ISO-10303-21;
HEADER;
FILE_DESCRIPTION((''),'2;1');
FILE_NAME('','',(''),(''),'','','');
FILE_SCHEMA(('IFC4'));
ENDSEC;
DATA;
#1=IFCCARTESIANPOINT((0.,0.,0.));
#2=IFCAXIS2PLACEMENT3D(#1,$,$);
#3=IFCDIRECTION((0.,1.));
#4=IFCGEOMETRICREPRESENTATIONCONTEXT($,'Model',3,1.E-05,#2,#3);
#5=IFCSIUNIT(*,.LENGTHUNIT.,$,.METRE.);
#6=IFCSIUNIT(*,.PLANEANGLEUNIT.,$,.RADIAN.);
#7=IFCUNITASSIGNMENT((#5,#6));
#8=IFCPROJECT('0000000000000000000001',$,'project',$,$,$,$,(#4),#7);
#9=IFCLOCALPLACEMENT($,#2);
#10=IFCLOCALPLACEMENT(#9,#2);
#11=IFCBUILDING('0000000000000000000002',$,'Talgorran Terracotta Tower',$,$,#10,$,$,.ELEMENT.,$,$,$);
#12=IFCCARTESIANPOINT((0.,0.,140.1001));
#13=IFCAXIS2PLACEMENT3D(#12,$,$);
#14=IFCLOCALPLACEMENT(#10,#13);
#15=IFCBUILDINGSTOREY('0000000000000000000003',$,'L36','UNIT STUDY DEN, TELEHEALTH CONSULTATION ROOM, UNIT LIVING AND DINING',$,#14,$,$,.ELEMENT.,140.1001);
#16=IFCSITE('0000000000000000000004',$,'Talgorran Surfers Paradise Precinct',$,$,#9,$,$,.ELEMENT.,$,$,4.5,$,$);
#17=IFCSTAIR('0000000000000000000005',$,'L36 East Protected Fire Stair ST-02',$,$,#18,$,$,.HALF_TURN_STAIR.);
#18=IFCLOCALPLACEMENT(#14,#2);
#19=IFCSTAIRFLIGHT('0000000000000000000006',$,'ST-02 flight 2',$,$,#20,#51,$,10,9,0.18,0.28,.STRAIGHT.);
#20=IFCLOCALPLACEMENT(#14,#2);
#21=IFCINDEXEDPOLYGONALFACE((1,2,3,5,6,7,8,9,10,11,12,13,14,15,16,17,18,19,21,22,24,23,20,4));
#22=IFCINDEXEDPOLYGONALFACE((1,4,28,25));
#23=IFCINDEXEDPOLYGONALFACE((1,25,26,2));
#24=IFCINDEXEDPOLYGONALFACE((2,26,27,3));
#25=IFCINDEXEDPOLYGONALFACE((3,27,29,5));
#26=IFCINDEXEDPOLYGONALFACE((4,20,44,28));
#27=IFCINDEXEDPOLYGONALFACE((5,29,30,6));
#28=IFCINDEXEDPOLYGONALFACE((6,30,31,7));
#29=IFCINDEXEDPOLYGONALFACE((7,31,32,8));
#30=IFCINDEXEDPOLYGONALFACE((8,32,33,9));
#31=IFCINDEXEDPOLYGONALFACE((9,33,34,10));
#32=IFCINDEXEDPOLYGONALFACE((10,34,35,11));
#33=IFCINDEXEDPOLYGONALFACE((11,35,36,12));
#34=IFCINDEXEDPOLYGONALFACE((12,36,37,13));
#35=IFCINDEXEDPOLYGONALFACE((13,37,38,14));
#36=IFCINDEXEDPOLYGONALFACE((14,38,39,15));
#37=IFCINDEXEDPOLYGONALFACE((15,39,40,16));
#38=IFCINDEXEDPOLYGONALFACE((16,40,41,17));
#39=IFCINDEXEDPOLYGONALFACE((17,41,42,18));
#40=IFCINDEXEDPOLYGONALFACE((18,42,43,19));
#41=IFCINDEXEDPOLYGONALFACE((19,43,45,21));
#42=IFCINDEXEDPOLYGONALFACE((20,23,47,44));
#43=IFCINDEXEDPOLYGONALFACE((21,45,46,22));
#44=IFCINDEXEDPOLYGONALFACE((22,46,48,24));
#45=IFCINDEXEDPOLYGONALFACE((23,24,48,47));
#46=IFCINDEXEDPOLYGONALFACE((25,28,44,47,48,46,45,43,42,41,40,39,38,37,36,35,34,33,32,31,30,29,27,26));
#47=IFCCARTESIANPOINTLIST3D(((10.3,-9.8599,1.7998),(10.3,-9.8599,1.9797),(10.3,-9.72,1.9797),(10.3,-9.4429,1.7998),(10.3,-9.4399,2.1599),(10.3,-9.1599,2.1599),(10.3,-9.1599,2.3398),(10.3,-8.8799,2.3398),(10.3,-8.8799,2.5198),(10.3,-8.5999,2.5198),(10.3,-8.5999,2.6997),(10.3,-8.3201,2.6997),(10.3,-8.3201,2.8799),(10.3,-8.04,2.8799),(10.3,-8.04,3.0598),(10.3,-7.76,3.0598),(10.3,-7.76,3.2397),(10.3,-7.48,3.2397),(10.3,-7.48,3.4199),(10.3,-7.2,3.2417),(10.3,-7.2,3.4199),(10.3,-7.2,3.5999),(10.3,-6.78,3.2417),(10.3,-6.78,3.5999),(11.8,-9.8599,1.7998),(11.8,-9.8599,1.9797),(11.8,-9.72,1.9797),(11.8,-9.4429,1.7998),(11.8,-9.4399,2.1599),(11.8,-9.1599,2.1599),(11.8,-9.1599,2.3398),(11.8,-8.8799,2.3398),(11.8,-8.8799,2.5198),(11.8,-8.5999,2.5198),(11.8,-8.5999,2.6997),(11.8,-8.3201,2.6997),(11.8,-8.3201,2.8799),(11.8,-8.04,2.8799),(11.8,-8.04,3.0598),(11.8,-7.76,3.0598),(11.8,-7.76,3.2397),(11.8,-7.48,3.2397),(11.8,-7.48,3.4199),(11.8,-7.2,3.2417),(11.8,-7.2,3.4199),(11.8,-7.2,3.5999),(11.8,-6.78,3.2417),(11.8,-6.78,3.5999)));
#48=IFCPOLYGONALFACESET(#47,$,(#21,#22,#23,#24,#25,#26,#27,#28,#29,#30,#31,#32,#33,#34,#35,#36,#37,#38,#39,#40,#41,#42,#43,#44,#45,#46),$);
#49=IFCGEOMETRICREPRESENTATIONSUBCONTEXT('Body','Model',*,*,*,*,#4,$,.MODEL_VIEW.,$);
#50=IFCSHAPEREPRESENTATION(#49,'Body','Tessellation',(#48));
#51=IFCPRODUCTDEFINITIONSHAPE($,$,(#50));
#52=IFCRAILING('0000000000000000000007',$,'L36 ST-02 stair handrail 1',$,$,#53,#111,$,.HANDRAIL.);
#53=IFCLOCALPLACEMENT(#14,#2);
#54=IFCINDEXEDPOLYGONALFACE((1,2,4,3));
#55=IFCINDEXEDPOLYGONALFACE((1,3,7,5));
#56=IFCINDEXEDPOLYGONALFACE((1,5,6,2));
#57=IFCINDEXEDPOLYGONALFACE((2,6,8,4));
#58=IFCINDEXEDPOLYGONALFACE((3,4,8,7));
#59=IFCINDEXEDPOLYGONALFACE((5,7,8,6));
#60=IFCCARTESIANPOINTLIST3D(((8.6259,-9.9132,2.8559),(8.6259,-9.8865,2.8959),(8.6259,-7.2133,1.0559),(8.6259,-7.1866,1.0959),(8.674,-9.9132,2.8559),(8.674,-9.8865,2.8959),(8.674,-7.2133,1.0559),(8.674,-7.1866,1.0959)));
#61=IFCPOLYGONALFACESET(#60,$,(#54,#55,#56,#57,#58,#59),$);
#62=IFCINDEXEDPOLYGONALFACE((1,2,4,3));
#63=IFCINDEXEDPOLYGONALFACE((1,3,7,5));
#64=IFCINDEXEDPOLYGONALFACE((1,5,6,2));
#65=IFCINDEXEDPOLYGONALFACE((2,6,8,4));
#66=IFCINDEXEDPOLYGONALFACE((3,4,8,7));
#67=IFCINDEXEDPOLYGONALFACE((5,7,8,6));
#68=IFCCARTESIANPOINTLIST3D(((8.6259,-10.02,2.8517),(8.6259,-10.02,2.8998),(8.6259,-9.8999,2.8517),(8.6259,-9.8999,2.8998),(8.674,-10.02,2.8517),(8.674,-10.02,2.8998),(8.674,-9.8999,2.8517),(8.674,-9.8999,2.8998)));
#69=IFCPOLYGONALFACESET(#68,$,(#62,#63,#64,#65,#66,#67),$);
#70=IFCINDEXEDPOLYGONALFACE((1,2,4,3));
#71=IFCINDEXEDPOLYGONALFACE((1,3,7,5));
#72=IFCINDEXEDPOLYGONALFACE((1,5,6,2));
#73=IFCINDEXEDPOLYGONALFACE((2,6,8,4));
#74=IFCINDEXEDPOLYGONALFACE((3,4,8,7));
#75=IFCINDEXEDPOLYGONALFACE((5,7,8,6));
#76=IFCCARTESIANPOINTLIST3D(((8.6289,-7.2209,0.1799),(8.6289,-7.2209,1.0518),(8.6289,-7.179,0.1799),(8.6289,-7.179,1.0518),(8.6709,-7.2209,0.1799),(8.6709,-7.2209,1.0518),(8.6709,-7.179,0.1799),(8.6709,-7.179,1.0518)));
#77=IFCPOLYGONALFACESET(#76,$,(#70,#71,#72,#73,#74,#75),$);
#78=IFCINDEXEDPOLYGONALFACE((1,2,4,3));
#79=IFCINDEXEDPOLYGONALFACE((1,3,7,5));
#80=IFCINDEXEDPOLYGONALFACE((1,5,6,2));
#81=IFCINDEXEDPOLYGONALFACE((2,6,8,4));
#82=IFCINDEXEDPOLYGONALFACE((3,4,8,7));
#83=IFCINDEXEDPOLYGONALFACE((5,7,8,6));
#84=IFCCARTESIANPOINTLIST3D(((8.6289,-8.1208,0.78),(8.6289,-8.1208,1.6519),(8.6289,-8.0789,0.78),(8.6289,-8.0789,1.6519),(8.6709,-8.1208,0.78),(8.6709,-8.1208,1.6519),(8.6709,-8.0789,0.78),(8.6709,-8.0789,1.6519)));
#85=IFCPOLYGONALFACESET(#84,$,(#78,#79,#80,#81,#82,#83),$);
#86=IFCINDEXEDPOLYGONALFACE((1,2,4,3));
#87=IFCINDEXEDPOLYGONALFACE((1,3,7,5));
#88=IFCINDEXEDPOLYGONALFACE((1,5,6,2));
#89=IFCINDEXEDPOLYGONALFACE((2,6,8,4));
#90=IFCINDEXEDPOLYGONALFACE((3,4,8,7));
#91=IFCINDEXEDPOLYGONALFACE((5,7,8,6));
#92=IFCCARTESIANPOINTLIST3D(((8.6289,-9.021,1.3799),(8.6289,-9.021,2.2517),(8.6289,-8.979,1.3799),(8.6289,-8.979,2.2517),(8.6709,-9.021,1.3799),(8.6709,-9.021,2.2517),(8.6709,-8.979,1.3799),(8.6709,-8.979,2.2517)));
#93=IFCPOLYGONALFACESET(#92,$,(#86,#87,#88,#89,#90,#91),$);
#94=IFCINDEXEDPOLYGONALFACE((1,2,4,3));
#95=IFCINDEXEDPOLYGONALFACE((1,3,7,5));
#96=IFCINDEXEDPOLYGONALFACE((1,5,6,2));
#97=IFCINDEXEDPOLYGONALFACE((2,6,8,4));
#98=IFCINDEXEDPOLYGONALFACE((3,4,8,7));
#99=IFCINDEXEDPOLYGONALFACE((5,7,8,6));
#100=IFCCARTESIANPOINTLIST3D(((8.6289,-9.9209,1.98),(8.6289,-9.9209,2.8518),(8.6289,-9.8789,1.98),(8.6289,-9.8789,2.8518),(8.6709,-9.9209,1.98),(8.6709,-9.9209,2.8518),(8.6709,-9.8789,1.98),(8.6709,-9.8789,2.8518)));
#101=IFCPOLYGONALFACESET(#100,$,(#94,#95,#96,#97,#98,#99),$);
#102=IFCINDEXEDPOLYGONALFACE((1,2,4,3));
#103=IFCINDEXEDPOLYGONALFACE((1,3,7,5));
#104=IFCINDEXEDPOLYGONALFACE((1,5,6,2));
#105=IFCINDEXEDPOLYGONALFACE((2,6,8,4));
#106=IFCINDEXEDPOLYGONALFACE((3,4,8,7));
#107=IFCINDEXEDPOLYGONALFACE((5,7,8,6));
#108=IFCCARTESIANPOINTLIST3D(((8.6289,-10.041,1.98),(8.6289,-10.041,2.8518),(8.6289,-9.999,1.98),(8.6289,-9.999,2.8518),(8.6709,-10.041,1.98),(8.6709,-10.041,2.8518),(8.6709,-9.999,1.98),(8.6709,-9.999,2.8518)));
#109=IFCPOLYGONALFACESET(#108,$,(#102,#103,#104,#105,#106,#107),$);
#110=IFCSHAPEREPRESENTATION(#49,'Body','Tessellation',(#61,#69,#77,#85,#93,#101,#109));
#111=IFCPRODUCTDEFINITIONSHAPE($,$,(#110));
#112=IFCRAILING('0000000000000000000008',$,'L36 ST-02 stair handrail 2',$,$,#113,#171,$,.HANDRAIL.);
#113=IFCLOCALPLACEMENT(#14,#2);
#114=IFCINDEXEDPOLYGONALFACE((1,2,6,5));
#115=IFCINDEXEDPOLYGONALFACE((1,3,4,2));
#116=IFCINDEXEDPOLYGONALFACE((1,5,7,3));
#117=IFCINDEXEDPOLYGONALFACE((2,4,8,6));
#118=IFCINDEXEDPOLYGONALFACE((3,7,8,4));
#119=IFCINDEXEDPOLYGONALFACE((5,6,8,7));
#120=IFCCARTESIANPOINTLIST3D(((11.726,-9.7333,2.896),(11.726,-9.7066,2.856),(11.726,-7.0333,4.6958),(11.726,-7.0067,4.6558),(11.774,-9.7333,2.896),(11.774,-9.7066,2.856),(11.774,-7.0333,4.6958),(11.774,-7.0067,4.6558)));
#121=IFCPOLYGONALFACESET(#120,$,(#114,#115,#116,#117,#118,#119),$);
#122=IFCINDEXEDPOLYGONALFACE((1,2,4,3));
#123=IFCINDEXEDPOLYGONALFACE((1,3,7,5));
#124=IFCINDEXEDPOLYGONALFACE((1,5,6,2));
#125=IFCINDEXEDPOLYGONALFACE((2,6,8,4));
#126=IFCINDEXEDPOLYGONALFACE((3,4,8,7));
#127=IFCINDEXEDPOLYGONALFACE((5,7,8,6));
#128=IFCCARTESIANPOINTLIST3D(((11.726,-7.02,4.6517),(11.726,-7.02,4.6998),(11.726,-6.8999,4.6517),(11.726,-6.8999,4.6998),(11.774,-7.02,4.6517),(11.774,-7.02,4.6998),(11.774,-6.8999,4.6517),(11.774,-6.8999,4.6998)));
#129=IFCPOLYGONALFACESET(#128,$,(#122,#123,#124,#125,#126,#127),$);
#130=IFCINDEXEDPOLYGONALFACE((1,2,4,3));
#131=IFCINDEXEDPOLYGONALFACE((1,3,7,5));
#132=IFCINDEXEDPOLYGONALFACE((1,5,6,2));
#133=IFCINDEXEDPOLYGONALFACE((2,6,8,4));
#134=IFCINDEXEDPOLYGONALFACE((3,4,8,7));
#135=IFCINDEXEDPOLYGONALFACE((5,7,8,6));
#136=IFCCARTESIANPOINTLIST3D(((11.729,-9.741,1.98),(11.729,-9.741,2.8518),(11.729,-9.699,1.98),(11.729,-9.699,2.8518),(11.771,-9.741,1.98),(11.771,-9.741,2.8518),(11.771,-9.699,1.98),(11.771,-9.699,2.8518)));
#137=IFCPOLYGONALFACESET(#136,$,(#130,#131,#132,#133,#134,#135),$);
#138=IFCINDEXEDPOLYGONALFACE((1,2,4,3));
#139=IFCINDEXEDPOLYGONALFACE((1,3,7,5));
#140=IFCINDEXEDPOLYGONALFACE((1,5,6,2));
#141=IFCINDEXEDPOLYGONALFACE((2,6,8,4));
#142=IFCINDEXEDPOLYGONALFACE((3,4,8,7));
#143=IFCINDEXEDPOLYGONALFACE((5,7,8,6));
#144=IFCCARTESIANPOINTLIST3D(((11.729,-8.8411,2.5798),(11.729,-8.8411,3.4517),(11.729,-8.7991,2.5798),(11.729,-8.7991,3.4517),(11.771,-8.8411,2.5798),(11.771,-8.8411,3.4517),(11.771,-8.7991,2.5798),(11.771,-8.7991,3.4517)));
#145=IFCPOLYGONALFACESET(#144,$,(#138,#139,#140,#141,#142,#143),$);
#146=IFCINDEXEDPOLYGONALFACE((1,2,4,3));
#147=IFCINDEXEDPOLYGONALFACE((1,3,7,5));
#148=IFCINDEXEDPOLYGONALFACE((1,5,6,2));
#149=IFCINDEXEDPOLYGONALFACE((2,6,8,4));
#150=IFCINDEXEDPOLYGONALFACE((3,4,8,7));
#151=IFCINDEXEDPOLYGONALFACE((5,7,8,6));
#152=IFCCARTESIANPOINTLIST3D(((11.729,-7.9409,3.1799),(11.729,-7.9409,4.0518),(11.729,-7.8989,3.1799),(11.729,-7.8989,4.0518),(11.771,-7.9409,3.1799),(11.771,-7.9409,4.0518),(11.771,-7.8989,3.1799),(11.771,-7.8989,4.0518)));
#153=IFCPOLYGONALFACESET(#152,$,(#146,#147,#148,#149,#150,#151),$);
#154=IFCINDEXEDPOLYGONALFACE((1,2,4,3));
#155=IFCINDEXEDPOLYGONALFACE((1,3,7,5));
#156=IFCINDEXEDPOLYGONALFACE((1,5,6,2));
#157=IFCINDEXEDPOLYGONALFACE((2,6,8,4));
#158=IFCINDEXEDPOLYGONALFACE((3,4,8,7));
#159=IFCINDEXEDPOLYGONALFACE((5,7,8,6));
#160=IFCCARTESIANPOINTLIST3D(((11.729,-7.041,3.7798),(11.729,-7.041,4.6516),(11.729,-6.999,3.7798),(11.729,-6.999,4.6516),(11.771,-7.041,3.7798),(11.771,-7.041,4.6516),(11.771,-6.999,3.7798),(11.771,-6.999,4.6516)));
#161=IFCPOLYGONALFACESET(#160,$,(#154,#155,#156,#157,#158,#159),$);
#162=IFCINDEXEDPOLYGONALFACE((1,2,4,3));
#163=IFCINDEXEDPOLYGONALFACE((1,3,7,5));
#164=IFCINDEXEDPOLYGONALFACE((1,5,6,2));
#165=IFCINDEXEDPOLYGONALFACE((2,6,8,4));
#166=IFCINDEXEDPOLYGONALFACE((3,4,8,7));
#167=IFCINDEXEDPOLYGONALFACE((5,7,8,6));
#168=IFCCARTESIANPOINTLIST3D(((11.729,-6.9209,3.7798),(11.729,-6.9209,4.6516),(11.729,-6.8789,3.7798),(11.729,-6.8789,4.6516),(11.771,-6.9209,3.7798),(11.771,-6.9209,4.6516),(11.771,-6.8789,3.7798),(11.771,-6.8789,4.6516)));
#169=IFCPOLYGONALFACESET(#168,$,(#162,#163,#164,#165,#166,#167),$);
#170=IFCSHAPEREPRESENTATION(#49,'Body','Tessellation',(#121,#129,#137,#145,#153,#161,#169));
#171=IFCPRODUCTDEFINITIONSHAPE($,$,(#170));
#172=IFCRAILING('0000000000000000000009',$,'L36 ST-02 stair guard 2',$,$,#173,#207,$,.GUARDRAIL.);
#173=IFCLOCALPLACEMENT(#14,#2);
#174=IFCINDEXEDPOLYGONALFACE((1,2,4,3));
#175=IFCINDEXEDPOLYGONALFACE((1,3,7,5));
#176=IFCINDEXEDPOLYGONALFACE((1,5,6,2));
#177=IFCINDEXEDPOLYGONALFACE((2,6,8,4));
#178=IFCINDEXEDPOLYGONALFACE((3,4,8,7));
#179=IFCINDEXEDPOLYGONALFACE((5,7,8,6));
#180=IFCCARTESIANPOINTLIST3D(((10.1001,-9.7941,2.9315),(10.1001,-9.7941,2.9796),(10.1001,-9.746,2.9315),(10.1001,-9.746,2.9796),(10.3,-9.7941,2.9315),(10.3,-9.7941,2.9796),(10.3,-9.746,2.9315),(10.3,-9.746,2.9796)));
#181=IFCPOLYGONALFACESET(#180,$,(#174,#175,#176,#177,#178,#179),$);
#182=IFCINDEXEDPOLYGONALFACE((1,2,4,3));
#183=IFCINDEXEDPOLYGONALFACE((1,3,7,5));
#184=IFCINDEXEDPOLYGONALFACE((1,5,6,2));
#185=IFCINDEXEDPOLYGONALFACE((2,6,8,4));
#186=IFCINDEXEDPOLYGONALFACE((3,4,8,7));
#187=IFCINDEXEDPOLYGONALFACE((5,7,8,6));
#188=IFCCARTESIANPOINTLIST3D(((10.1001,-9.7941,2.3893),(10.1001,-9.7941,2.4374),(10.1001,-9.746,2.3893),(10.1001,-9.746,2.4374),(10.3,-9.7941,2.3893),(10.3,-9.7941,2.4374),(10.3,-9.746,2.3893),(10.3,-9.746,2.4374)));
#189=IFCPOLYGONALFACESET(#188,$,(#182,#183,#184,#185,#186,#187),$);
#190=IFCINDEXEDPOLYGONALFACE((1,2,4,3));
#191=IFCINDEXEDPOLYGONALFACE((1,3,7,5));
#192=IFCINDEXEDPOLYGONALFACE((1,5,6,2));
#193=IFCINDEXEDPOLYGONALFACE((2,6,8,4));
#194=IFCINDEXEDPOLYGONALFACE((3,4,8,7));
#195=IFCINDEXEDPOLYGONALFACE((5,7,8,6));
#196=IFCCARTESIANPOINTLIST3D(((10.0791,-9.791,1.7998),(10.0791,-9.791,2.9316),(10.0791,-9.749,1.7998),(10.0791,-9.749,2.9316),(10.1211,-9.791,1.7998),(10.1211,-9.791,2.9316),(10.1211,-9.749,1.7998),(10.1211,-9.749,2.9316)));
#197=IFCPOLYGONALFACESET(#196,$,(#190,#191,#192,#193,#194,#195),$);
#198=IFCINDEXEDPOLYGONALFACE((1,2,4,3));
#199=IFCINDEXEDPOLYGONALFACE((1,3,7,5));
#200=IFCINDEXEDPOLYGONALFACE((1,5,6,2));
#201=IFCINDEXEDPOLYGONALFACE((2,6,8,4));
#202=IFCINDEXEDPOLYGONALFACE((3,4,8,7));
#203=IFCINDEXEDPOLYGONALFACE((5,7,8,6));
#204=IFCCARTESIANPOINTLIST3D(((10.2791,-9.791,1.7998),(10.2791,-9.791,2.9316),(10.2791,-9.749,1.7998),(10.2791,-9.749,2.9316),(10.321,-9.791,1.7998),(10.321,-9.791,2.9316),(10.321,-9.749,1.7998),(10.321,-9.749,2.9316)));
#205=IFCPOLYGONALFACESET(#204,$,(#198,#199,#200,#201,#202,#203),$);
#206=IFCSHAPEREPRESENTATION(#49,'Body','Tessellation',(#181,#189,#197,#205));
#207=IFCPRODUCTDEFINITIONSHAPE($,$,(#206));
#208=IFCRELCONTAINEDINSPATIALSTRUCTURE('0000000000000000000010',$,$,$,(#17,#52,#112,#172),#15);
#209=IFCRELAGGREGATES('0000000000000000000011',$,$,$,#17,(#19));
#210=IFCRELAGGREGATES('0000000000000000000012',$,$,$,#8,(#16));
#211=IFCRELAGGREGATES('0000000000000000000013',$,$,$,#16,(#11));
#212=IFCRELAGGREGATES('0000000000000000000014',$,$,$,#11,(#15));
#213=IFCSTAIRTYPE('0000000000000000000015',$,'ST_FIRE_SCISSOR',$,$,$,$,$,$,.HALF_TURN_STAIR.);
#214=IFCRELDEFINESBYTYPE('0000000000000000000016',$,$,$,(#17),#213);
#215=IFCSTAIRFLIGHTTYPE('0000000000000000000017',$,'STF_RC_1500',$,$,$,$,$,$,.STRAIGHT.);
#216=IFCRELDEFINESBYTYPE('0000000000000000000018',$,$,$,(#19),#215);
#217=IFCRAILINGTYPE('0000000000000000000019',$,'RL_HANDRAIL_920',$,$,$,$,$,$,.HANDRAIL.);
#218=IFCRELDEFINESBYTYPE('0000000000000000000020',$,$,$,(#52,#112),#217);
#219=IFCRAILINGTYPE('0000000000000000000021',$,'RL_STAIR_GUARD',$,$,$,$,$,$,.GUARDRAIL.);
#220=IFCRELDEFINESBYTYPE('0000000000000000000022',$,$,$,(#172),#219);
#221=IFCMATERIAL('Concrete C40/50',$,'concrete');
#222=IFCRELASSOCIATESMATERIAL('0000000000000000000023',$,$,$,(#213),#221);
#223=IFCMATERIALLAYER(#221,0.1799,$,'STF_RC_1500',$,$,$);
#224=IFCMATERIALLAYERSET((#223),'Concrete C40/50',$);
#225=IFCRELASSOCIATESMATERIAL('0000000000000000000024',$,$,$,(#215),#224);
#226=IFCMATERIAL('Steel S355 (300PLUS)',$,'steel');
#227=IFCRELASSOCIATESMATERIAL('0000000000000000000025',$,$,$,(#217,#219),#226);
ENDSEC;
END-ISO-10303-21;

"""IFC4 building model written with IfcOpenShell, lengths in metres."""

from ifc_helpers import new_model, si_unit, direction, frame, origin, origin_2d, place, context, subcontext, project, spatial, polyline, rectangle, outline, extrude, material, layer, layer_set, type_object, element, aggregate, save


model = new_model("IFC4")

# Units and contexts
model_context = context("Model", 3, precision=1e-05, world=origin(), true_north=direction((0.0, 1.0)))
body_context = subcontext(model_context, "Body", "Model", "MODEL_VIEW")
ifc_project = project(units=[si_unit("LENGTHUNIT", "METRE"), si_unit("PLANEANGLEUNIT", "RADIAN")], contexts=[model_context])

# Site, building, storey
site_placement = place(None, origin())
site = spatial("IfcSite", under=ifc_project, at=site_placement, Name="Talgorran Surfers Paradise Precinct", CompositionType="ELEMENT", RefElevation=4.5)
building_placement = place(site_placement, origin())
building = spatial("IfcBuilding", under=site, at=building_placement, Name="Talgorran Terracotta Tower", CompositionType="ELEMENT")
storey_placement = place(building_placement, frame((0.0, 0.0, 140.1001)))
storey = spatial("IfcBuildingStorey", under=building, at=storey_placement, Name="L36", Description="UNIT STUDY DEN, TELEHEALTH CONSULTATION ROOM, UNIT LIVING AND DINING", CompositionType="ELEMENT", Elevation=140.1001)

# Shared definitions
ifc_material_1 = material(Name="Steel S355 (300PLUS)", Category="steel")

# Stair, stair flight
ifc_material_2 = material(Name="Concrete C40/50", Category="concrete")
stair_type = type_object("IfcStairType", Name="ST_FIRE_SCISSOR", PredefinedType="HALF_TURN_STAIR", material=ifc_material_2)
stair_placement = place(storey_placement, origin())
stair = element("IfcStair", 1, at=stair_placement, inside=storey, type_object=stair_type, Name="L36 East Protected Fire Stair ST-02", PredefinedType="HALF_TURN_STAIR")
ifc_layer_1 = layer(ifc_material_2, 0.1799, Name="STF_RC_1500")
ifc_layer_set_1 = layer_set([ifc_layer_1], Name="Concrete C40/50")
stair_flight_type = type_object("IfcStairFlightType", Name="STF_RC_1500", PredefinedType="STRAIGHT", material=ifc_layer_set_1)
stair_flight_1_placement = place(storey_placement, frame((11.05, -9.72, 1.7998), z_axis=(0.0, 0.0, 1.0), x_axis=(0.0, 1.0, 0.0)))
stair_flight_1 = element("IfcStairFlight", 2, at=stair_flight_1_placement, type_object=stair_flight_type, Name="ST-02 flight 2", NumberOfRisers=10, NumberOfTreads=9, PredefinedType="STRAIGHT", RiserHeight=0.18, TreadLength=0.28, context=body_context, shape_type="SweptSolid", body=[
    extrude(outline(polyline([(-0.1399, 0.0), (-0.1399, 0.1799), (0.0, 0.1799), (0.28, 0.3601), (0.5601, 0.3601), (0.5601, 0.54), (0.8401, 0.54), (0.8401, 0.72), (1.1201, 0.72), (1.1201, 0.8999), (1.3999, 0.8999), (1.3999, 1.0801), (1.6799, 1.0801), (1.6799, 1.26), (1.96, 1.26), (1.96, 1.4399), (2.24, 1.4399), (2.24, 1.6201), (2.52, 1.6201), (2.52, 1.8), (2.9399, 1.8), (2.9399, 1.4419), (2.52, 1.4419), (0.2771, 0.0), (-0.1399, 0.0)])), frame((0.0, 0.75, 0.0), z_axis=(0.0, -1.0, 0.0), x_axis=(1.0, 0.0, 0.0)), (0.0, 0.0, 1.0), 1.5),
])
aggregate(stair, [stair_flight_1])

# Railings
railing_type_1 = type_object("IfcRailingType", Name="RL_HANDRAIL_920", PredefinedType="HANDRAIL", material=ifc_material_1)
railing_1_placement = place(storey_placement, frame((8.6499, -7.2, 0.1799)))
element("IfcRailing", 3, at=railing_1_placement, inside=storey, type_object=railing_type_1, Name="L36 ST-02 stair handrail 1", PredefinedType="HANDRAIL", context=body_context, shape_type="SweptSolid", body=[
    extrude(rectangle(XDim=0.0481, YDim=0.0481, at=origin_2d()), frame((0.0, 0.0, 0.896), z_axis=(0.0, -0.832039, 0.554718), x_axis=(1.0, 0.0, 0.0)), (0.0, 0.0, 1.0), 3.2449),
    extrude(rectangle(XDim=0.0481, YDim=0.0481, at=origin_2d()), frame((0.0, -2.7, 2.6958), z_axis=(0.0, -1.0, 0.0), x_axis=(1.0, 0.0, 0.0)), (0.0, 0.0, 1.0), 0.1201),
    extrude(rectangle(XDim=0.042, YDim=0.042, at=origin_2d()), origin(), (0.0, 0.0, 1.0), 0.8718),
    extrude(rectangle(XDim=0.042, YDim=0.042, at=origin_2d()), frame((0.0, -0.8999, 0.6001)), (0.0, 0.0, 1.0), 0.8718),
    extrude(rectangle(XDim=0.042, YDim=0.042, at=origin_2d()), frame((0.0, -1.8, 1.2)), (0.0, 0.0, 1.0), 0.8718),
    extrude(rectangle(XDim=0.042, YDim=0.042, at=origin_2d()), frame((0.0, -2.7, 1.8)), (0.0, 0.0, 1.0), 0.8718),
    extrude(rectangle(XDim=0.042, YDim=0.042, at=origin_2d()), frame((0.0, -2.8201, 1.8)), (0.0, 0.0, 1.0), 0.8718),
])
railing_2_placement = place(storey_placement, frame((11.75, -9.72, 1.98)))
element("IfcRailing", 4, at=railing_2_placement, inside=storey, type_object=railing_type_1, Name="L36 ST-02 stair handrail 2", PredefinedType="HANDRAIL", context=body_context, shape_type="SweptSolid", body=[
    extrude(rectangle(XDim=0.0481, YDim=0.0481, at=origin_2d()), frame((0.0, 0.0, 0.896), z_axis=(0.0, 0.832073, 0.554665), x_axis=(-1.0, 0.0, 0.0)), (0.0, 0.0, 1.0), 3.2449),
    extrude(rectangle(XDim=0.0481, YDim=0.0481, at=origin_2d()), frame((0.0, 2.7, 2.6958), z_axis=(0.0, 1.0, 0.0), x_axis=(-1.0, 0.0, 0.0)), (0.0, 0.0, 1.0), 0.1201),
    extrude(rectangle(XDim=0.042, YDim=0.042, at=origin_2d()), origin(), (0.0, 0.0, 1.0), 0.8718),
    extrude(rectangle(XDim=0.042, YDim=0.042, at=origin_2d()), frame((0.0, 0.8999, 0.5999)), (0.0, 0.0, 1.0), 0.8718),
    extrude(rectangle(XDim=0.042, YDim=0.042, at=origin_2d()), frame((0.0, 1.8, 1.2)), (0.0, 0.0, 1.0), 0.8718),
    extrude(rectangle(XDim=0.042, YDim=0.042, at=origin_2d()), frame((0.0, 2.7, 1.7998)), (0.0, 0.0, 1.0), 0.8718),
    extrude(rectangle(XDim=0.042, YDim=0.042, at=origin_2d()), frame((0.0, 2.8201, 1.7998)), (0.0, 0.0, 1.0), 0.8718),
])
railing_type_2 = type_object("IfcRailingType", Name="RL_STAIR_GUARD", PredefinedType="GUARDRAIL", material=ifc_material_1)
railing_3_placement = place(storey_placement, frame((10.1001, -9.77, 1.7998)))
element("IfcRailing", 5, at=railing_3_placement, inside=storey, type_object=railing_type_2, Name="L36 ST-02 stair guard 2", PredefinedType="GUARDRAIL", context=body_context, shape_type="SweptSolid", body=[
    extrude(rectangle(XDim=0.0481, YDim=0.0481, at=origin_2d()), frame((0.0, 0.0, 1.1558), z_axis=(1.0, 0.0, 0.0), x_axis=(0.0, 1.0, 0.0)), (0.0, 0.0, 1.0), 0.2),
    extrude(rectangle(XDim=0.0481, YDim=0.0481, at=origin_2d()), frame((0.0, 0.0, 0.6135), z_axis=(1.0, 0.0, 0.0), x_axis=(0.0, 1.0, 0.0)), (0.0, 0.0, 1.0), 0.2),
    extrude(rectangle(XDim=0.042, YDim=0.042, at=origin_2d()), origin(), (0.0, 0.0, 1.0), 1.1318),
    extrude(rectangle(XDim=0.042, YDim=0.042, at=origin_2d()), frame((0.2, 0.0, 0.0)), (0.0, 0.0, 1.0), 1.1318),
])

save(model, "model.ifc")
